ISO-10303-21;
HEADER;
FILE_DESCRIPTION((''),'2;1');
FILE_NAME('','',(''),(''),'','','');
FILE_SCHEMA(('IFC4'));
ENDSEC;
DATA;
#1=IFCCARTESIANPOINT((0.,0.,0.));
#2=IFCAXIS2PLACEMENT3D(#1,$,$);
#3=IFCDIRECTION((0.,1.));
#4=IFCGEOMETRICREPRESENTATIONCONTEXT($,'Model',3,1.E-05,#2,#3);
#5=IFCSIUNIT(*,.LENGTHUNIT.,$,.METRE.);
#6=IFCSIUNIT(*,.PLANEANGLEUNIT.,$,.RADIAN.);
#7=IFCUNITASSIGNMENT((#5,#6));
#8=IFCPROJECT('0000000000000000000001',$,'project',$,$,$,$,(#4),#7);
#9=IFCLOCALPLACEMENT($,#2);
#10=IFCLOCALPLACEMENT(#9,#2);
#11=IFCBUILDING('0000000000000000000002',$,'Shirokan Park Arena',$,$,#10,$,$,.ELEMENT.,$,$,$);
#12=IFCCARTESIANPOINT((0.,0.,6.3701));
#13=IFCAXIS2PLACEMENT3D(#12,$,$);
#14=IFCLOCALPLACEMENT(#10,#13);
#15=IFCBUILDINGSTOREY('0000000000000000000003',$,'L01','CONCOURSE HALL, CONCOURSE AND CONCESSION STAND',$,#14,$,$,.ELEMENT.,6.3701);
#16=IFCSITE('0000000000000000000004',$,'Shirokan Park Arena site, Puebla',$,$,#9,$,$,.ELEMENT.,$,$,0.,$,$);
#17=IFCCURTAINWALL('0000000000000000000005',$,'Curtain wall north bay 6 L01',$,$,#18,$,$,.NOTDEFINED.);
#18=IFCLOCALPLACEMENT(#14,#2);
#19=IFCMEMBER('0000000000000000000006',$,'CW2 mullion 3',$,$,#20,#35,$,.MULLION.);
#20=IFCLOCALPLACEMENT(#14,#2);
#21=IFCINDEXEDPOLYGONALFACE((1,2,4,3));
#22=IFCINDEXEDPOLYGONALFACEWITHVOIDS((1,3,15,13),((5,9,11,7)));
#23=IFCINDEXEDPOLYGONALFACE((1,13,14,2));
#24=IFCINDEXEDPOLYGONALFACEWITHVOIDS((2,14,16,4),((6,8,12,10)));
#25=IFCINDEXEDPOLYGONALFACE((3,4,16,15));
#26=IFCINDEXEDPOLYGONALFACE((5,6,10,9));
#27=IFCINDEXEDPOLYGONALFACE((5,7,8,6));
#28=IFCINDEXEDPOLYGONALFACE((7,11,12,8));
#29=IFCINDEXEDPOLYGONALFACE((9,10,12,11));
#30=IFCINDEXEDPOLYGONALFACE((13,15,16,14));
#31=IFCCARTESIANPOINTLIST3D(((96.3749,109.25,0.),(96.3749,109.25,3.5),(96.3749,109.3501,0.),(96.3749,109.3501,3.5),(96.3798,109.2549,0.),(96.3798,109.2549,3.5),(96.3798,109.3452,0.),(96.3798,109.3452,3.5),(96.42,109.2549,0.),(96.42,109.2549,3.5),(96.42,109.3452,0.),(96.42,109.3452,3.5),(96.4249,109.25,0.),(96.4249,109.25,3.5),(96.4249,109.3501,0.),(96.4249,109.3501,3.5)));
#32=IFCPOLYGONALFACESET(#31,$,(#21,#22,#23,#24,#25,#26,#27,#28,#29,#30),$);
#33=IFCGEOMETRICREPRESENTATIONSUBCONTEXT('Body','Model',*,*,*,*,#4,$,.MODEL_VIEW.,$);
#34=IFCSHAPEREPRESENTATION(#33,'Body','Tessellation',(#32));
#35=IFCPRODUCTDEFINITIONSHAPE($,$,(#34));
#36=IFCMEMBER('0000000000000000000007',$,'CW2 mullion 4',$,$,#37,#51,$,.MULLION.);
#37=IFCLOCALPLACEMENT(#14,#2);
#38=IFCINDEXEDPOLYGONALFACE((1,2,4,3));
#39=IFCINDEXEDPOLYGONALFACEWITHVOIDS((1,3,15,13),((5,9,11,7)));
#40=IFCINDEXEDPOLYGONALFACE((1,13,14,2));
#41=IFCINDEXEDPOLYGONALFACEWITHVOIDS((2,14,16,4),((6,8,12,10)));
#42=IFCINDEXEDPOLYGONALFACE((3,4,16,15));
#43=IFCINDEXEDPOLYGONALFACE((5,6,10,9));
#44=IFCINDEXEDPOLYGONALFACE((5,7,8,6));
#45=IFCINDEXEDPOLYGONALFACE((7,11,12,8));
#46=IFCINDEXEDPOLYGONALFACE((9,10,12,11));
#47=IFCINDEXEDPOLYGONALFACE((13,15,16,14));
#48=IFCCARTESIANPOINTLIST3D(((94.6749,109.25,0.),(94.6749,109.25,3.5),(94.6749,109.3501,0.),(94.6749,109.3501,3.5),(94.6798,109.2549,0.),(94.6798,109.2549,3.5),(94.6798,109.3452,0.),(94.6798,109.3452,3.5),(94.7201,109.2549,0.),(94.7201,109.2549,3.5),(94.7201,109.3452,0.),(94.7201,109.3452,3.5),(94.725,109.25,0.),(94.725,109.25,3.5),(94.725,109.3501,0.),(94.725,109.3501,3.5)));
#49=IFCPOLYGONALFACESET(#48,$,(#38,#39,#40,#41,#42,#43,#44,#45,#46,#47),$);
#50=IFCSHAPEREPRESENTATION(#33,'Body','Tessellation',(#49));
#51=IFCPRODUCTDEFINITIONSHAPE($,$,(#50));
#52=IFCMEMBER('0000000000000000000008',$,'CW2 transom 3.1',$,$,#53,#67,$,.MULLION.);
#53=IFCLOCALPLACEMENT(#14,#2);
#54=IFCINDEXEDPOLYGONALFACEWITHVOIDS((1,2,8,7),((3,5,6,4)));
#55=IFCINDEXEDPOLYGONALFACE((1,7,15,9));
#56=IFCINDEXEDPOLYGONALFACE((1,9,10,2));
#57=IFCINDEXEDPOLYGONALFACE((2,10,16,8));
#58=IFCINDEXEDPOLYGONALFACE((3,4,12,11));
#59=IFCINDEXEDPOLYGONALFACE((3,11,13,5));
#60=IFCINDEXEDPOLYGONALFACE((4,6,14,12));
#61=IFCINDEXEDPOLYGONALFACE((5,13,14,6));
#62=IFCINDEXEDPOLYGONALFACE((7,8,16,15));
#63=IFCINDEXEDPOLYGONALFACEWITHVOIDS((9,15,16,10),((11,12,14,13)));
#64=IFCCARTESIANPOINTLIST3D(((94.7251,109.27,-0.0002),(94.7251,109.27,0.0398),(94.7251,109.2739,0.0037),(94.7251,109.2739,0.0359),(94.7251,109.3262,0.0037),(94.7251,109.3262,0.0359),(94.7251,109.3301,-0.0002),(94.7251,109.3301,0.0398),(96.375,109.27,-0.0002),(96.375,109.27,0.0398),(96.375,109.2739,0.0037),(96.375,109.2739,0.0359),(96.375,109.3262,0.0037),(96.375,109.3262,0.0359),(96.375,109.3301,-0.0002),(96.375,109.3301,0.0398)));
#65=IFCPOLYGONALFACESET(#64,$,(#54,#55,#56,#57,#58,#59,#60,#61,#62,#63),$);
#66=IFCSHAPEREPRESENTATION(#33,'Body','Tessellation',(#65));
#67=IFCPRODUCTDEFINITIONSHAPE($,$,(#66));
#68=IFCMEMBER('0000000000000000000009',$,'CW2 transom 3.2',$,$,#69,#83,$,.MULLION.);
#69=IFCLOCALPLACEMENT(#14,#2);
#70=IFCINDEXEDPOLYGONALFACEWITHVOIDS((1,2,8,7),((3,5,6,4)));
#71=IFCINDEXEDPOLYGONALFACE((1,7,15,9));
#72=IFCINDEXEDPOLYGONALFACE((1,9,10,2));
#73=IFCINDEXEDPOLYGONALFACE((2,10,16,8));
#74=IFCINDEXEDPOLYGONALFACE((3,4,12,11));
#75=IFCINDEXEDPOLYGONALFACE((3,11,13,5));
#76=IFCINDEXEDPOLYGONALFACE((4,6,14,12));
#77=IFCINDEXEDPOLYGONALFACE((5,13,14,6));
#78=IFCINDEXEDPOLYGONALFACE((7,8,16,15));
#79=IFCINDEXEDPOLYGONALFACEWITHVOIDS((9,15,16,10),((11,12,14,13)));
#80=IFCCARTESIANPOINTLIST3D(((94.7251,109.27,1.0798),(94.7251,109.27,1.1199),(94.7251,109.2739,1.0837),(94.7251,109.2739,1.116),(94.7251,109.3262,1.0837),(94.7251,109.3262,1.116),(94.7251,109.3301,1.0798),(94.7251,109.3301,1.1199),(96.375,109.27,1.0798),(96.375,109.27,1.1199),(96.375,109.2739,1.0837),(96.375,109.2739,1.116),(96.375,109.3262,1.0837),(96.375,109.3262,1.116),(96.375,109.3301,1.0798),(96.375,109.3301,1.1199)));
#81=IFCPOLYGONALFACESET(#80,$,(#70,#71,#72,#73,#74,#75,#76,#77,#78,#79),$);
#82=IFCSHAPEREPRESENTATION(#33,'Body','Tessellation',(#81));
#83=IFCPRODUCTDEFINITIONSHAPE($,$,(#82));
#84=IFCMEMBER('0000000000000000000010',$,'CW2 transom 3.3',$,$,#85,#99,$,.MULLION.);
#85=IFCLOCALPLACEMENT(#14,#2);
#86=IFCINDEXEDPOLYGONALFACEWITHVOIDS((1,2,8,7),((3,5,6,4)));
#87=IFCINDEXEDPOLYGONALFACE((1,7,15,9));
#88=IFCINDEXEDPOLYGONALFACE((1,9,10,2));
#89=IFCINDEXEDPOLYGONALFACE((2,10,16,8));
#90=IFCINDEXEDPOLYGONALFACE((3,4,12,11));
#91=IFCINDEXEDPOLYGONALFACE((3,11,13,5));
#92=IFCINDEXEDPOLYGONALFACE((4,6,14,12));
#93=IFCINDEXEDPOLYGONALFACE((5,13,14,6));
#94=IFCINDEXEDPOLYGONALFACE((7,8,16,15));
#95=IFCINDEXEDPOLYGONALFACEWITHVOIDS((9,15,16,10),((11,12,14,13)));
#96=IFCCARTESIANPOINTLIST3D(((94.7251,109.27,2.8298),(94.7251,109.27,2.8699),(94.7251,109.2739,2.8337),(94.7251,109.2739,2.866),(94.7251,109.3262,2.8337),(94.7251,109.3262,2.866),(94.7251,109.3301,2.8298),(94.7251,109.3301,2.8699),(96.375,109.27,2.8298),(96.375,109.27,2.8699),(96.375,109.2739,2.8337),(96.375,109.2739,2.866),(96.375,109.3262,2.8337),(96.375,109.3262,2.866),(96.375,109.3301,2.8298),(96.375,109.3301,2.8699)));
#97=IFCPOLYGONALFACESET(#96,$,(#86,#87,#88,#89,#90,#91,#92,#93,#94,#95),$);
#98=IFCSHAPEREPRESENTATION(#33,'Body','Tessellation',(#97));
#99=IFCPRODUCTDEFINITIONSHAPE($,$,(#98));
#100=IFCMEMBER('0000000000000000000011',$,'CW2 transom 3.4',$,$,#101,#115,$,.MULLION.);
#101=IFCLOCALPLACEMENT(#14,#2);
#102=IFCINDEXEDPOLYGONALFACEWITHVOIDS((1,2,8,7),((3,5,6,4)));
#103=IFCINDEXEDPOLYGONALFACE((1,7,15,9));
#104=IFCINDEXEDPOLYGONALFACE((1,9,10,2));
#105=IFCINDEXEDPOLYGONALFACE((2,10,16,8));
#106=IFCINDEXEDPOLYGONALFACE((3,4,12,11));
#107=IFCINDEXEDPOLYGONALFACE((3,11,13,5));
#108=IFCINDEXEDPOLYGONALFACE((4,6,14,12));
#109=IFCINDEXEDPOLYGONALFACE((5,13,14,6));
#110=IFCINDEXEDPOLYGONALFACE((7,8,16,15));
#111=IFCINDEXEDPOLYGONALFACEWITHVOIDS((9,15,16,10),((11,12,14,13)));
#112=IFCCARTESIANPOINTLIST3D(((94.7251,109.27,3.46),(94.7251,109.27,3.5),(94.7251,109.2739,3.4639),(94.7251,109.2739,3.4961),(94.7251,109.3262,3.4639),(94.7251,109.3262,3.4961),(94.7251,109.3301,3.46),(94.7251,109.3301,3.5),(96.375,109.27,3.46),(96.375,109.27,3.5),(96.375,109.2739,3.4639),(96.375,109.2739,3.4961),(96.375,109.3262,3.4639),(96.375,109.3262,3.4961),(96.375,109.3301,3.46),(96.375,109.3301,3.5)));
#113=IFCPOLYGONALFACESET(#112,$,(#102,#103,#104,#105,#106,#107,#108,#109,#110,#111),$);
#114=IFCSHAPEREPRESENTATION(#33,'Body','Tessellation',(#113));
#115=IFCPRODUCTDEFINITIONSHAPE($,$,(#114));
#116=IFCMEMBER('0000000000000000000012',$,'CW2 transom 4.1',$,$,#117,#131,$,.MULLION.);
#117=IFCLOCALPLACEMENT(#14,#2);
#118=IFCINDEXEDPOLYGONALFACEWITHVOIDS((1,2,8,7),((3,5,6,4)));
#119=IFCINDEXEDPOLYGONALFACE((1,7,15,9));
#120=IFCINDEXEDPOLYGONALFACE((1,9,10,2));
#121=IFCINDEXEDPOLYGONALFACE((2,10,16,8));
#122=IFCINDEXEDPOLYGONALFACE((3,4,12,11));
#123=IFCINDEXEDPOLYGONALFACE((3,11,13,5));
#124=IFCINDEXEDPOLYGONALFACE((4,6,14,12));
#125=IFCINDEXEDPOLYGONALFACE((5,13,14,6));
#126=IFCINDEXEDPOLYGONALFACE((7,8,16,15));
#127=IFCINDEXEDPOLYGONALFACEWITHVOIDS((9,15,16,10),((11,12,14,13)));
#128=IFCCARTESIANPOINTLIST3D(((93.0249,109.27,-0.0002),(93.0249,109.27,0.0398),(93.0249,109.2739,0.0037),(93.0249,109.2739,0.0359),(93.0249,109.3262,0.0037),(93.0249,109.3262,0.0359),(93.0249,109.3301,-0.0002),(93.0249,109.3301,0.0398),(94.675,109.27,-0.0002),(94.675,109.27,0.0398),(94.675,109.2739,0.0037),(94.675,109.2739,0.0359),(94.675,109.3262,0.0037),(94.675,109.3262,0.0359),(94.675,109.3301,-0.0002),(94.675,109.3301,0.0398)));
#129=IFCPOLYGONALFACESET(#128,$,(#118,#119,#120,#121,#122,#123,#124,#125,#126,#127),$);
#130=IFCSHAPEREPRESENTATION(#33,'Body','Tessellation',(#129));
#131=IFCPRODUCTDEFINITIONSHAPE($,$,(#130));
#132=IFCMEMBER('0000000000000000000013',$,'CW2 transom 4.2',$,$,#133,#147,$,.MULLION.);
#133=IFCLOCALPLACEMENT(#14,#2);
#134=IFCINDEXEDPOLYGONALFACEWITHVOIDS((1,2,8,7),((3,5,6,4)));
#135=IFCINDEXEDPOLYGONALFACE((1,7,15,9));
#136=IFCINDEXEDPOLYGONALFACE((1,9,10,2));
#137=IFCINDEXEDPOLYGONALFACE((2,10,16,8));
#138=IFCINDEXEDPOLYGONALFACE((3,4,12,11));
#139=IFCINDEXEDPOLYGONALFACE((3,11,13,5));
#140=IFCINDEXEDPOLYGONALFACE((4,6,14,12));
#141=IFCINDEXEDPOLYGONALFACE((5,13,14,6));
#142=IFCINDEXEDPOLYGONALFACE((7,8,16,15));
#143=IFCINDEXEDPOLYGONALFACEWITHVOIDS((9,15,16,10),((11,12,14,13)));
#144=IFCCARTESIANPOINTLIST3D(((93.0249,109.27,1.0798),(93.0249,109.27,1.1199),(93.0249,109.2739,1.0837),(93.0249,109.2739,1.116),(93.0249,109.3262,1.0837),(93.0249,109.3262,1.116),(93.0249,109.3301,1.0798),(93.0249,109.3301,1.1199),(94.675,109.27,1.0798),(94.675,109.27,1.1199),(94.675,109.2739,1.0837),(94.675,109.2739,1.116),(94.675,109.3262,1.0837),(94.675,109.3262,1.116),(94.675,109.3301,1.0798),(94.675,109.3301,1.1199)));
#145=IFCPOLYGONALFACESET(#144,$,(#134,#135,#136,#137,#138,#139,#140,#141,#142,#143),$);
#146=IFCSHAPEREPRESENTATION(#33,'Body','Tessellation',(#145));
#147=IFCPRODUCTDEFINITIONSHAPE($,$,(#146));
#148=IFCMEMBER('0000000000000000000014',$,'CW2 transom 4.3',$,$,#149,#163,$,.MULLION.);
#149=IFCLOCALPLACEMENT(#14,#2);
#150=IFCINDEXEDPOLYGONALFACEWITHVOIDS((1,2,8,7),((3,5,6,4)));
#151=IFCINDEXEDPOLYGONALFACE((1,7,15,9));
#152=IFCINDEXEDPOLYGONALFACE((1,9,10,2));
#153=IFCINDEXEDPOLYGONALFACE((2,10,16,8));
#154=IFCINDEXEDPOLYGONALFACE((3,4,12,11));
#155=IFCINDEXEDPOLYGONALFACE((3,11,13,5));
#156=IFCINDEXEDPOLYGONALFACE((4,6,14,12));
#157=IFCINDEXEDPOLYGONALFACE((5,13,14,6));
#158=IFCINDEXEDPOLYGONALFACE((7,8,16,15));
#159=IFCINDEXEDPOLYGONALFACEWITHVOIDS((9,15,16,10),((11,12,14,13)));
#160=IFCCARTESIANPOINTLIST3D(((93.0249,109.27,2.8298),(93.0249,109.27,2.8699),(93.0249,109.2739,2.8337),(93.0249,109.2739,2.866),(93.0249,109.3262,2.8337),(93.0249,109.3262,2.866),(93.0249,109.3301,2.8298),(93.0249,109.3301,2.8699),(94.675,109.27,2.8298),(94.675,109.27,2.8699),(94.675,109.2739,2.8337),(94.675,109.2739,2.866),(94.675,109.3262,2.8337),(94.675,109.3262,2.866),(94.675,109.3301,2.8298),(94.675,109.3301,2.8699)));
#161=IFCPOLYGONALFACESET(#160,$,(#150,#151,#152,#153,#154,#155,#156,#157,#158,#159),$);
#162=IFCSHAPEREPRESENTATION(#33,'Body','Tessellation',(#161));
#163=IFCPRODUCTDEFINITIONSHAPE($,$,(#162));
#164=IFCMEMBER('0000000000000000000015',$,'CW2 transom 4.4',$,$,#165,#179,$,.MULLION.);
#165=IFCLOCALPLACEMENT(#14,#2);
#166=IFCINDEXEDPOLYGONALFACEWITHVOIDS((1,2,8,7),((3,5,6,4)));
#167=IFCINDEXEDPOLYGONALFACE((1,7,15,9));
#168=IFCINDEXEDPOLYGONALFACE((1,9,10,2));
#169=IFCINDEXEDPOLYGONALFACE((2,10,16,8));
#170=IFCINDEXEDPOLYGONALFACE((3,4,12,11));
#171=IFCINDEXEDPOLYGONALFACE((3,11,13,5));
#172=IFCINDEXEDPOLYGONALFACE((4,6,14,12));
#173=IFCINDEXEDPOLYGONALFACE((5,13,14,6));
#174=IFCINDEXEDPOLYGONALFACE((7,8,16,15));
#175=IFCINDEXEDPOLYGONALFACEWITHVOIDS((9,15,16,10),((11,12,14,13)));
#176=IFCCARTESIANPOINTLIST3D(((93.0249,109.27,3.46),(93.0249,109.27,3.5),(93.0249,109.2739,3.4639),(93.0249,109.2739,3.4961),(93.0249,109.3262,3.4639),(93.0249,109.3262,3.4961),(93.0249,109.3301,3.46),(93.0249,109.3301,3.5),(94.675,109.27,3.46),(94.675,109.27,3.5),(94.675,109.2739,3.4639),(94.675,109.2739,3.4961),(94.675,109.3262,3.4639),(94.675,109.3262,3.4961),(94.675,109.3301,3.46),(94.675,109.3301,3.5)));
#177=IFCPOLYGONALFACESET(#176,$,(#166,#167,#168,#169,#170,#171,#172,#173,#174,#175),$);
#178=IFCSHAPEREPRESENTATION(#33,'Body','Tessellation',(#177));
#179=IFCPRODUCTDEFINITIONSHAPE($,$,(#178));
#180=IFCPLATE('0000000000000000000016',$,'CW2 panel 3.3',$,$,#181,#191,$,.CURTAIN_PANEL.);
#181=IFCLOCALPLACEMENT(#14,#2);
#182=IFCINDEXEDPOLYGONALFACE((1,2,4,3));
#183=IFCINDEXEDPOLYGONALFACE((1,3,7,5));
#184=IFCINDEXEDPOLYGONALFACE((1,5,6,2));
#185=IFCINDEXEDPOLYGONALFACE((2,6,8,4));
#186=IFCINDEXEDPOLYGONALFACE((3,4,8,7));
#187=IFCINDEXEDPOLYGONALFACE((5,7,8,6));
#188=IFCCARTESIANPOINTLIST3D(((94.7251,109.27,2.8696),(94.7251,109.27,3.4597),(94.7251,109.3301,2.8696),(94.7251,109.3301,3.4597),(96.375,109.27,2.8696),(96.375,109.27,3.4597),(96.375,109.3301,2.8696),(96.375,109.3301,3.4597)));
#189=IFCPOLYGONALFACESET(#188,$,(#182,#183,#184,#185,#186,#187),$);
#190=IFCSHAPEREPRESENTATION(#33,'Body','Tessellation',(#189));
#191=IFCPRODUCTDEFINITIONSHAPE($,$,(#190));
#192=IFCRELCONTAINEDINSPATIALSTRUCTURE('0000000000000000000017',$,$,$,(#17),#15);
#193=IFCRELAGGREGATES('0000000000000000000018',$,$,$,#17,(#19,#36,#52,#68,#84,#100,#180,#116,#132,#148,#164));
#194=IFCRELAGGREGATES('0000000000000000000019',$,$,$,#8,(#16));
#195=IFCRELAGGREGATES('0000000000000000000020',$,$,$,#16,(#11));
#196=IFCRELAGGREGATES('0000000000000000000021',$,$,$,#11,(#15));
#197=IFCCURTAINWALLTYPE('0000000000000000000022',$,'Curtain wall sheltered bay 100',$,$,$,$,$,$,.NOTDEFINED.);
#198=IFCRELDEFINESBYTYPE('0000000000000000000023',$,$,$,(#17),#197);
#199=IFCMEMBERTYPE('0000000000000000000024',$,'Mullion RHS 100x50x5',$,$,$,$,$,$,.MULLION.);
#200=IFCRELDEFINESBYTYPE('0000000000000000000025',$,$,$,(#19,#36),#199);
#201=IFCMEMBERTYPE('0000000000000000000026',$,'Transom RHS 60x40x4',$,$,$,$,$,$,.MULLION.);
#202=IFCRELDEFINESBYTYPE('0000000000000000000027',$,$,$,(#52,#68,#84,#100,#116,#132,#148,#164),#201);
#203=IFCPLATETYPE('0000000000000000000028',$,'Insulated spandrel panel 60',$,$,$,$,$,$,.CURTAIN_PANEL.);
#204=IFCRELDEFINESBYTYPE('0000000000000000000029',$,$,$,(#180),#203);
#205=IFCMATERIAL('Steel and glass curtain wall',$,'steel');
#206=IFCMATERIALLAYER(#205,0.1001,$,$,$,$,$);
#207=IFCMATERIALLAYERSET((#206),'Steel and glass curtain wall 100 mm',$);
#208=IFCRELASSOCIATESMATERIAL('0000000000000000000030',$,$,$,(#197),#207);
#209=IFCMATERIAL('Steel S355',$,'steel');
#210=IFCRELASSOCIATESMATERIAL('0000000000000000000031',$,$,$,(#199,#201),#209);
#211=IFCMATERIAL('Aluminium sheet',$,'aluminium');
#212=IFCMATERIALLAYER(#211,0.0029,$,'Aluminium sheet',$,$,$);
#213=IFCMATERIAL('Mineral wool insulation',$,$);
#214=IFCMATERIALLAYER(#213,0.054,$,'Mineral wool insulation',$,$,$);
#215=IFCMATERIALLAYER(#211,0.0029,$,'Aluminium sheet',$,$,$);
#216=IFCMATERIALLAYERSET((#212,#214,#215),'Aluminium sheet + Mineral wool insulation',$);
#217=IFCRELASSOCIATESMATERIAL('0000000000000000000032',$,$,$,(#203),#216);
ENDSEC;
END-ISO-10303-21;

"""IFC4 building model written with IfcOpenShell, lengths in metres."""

from ifc_helpers import new_model, si_unit, direction, frame, origin, origin_2d, place, context, subcontext, project, spatial, rectangle, hollow_rectangle, extrude, material, layer, layer_set, material_profile, profile_set, type_object, element, aggregate, save


model = new_model("IFC4")

# Units and contexts
model_context = context("Model", 3, precision=1e-05, world=origin(), true_north=direction((0.0, 1.0)))
body_context = subcontext(model_context, "Body", "Model", "MODEL_VIEW")
ifc_project = project(units=[si_unit("LENGTHUNIT", "METRE"), si_unit("PLANEANGLEUNIT", "RADIAN")], contexts=[model_context])

# Site, building, storey
site_placement = place(None, origin())
site = spatial("IfcSite", under=ifc_project, at=site_placement, Name="Shirokan Park Arena site, Puebla", CompositionType="ELEMENT", RefElevation=0.0)
building_placement = place(site_placement, origin())
building = spatial("IfcBuilding", under=site, at=building_placement, Name="Shirokan Park Arena", CompositionType="ELEMENT")
storey_placement = place(building_placement, frame((0.0, 0.0, 6.3701)))
storey = spatial("IfcBuildingStorey", under=building, at=storey_placement, Name="L01", Description="CONCOURSE HALL, CONCOURSE AND CONCESSION STAND", CompositionType="ELEMENT", Elevation=6.3701)

# Curtain wall, members, plate
ifc_material_1 = material(Name="Steel and glass curtain wall", Category="steel")
ifc_layer_1 = layer(ifc_material_1, 0.1001)
ifc_layer_set_1 = layer_set([ifc_layer_1], Name="Steel and glass curtain wall 100 mm")
curtain_wall_type = type_object("IfcCurtainWallType", Name="Curtain wall sheltered bay 100", PredefinedType="NOTDEFINED", material=ifc_layer_set_1)
curtain_wall_placement = place(storey_placement, origin())
curtain_wall = element("IfcCurtainWall", 1, at=curtain_wall_placement, inside=storey, type_object=curtain_wall_type, Name="Curtain wall north bay 6 L01", PredefinedType="NOTDEFINED")
ifc_material_2 = material(Name="Steel S355", Category="steel")
ifc_material_profile_1 = material_profile(ifc_material_2, hollow_rectangle(XDim=0.1001, YDim=0.05, WallThickness=0.0049, at=origin_2d()), Name="RHS 100x50x5")
ifc_profile_set_1 = profile_set([ifc_material_profile_1], Name="Steel S355")
member_type_1 = type_object("IfcMemberType", Name="Mullion RHS 100x50x5", PredefinedType="MULLION", material=ifc_profile_set_1)
member_1_placement = place(storey_placement, frame((96.3999, 109.3, 0.0), z_axis=(0.0, 0.0, 1.0), x_axis=(0.0, -1.0, 0.0)))
member_1 = element("IfcMember", 2, at=member_1_placement, type_object=member_type_1, Name="CW2 mullion 3", PredefinedType="MULLION", context=body_context, shape_type="SweptSolid", body=[
    extrude(hollow_rectangle(XDim=0.1001, YDim=0.05, WallThickness=0.0049, at=origin_2d()), origin(), (0.0, 0.0, 1.0), 3.5),
])
member_2_placement = place(storey_placement, frame((94.7, 109.3, 0.0), z_axis=(0.0, 0.0, 1.0), x_axis=(0.0, -1.0, 0.0)))
member_2 = element("IfcMember", 3, at=member_2_placement, type_object=member_type_1, Name="CW2 mullion 4", PredefinedType="MULLION", context=body_context, shape_type="SweptSolid", body=[
    extrude(hollow_rectangle(XDim=0.1001, YDim=0.05, WallThickness=0.0049, at=origin_2d()), origin(), (0.0, 0.0, 1.0), 3.5),
])
ifc_material_profile_2 = material_profile(ifc_material_2, hollow_rectangle(XDim=0.0601, YDim=0.04, WallThickness=0.0039, at=origin_2d()), Name="RHS 60x40x4")
ifc_profile_set_2 = profile_set([ifc_material_profile_2], Name="Steel S355")
member_type_2 = type_object("IfcMemberType", Name="Transom RHS 60x40x4", PredefinedType="MULLION", material=ifc_profile_set_2)
member_3_placement = place(storey_placement, frame((96.375, 109.3, 0.0198), z_axis=(-1.0, 0.0, 0.0), x_axis=(0.0, -1.0, 0.0)))
member_3 = element("IfcMember", 4, at=member_3_placement, type_object=member_type_2, Name="CW2 transom 3.1", PredefinedType="MULLION", context=body_context, shape_type="SweptSolid", body=[
    extrude(hollow_rectangle(XDim=0.0601, YDim=0.04, WallThickness=0.0039, at=origin_2d()), origin(), (0.0, 0.0, 1.0), 1.6499),
])
member_4_placement = place(storey_placement, frame((96.375, 109.3, 1.0999), z_axis=(-1.0, 0.0, 0.0), x_axis=(0.0, -1.0, 0.0)))
member_4 = element("IfcMember", 5, at=member_4_placement, type_object=member_type_2, Name="CW2 transom 3.2", PredefinedType="MULLION", context=body_context, shape_type="SweptSolid", body=[
    extrude(hollow_rectangle(XDim=0.0601, YDim=0.04, WallThickness=0.0039, at=origin_2d()), origin(), (0.0, 0.0, 1.0), 1.6499),
])
member_5_placement = place(storey_placement, frame((96.375, 109.3, 2.8499), z_axis=(-1.0, 0.0, 0.0), x_axis=(0.0, -1.0, 0.0)))
member_5 = element("IfcMember", 6, at=member_5_placement, type_object=member_type_2, Name="CW2 transom 3.3", PredefinedType="MULLION", context=body_context, shape_type="SweptSolid", body=[
    extrude(hollow_rectangle(XDim=0.0601, YDim=0.04, WallThickness=0.0039, at=origin_2d()), origin(), (0.0, 0.0, 1.0), 1.6499),
])
member_6_placement = place(storey_placement, frame((96.375, 109.3, 3.48), z_axis=(-1.0, 0.0, 0.0), x_axis=(0.0, -1.0, 0.0)))
member_6 = element("IfcMember", 7, at=member_6_placement, type_object=member_type_2, Name="CW2 transom 3.4", PredefinedType="MULLION", context=body_context, shape_type="SweptSolid", body=[
    extrude(hollow_rectangle(XDim=0.0601, YDim=0.04, WallThickness=0.0039, at=origin_2d()), origin(), (0.0, 0.0, 1.0), 1.6499),
])
member_7_placement = place(storey_placement, frame((94.675, 109.3, 0.0198), z_axis=(-1.0, 0.0, 0.0), x_axis=(0.0, -1.0, 0.0)))
member_7 = element("IfcMember", 8, at=member_7_placement, type_object=member_type_2, Name="CW2 transom 4.1", PredefinedType="MULLION", context=body_context, shape_type="SweptSolid", body=[
    extrude(hollow_rectangle(XDim=0.0601, YDim=0.04, WallThickness=0.0039, at=origin_2d()), origin(), (0.0, 0.0, 1.0), 1.6501),
])
member_8_placement = place(storey_placement, frame((94.675, 109.3, 1.0999), z_axis=(-1.0, 0.0, 0.0), x_axis=(0.0, -1.0, 0.0)))
member_8 = element("IfcMember", 9, at=member_8_placement, type_object=member_type_2, Name="CW2 transom 4.2", PredefinedType="MULLION", context=body_context, shape_type="SweptSolid", body=[
    extrude(hollow_rectangle(XDim=0.0601, YDim=0.04, WallThickness=0.0039, at=origin_2d()), origin(), (0.0, 0.0, 1.0), 1.6501),
])
member_9_placement = place(storey_placement, frame((94.675, 109.3, 2.8499), z_axis=(-1.0, 0.0, 0.0), x_axis=(0.0, -1.0, 0.0)))
member_9 = element("IfcMember", 10, at=member_9_placement, type_object=member_type_2, Name="CW2 transom 4.3", PredefinedType="MULLION", context=body_context, shape_type="SweptSolid", body=[
    extrude(hollow_rectangle(XDim=0.0601, YDim=0.04, WallThickness=0.0039, at=origin_2d()), origin(), (0.0, 0.0, 1.0), 1.6501),
])
member_10_placement = place(storey_placement, frame((94.675, 109.3, 3.48), z_axis=(-1.0, 0.0, 0.0), x_axis=(0.0, -1.0, 0.0)))
member_10 = element("IfcMember", 11, at=member_10_placement, type_object=member_type_2, Name="CW2 transom 4.4", PredefinedType="MULLION", context=body_context, shape_type="SweptSolid", body=[
    extrude(hollow_rectangle(XDim=0.0601, YDim=0.04, WallThickness=0.0039, at=origin_2d()), origin(), (0.0, 0.0, 1.0), 1.6501),
])
ifc_material_3 = material(Name="Aluminium sheet", Category="aluminium")
ifc_layer_2 = layer(ifc_material_3, 0.0029, Name="Aluminium sheet")
ifc_material_4 = material(Name="Mineral wool insulation")
ifc_layer_3 = layer(ifc_material_4, 0.054, Name="Mineral wool insulation")
ifc_layer_4 = layer(ifc_material_3, 0.0029, Name="Aluminium sheet")
ifc_layer_set_2 = layer_set([ifc_layer_2, ifc_layer_3, ifc_layer_4], Name="Aluminium sheet + Mineral wool insulation")
plate_type_1 = type_object("IfcPlateType", Name="Insulated spandrel panel 60", PredefinedType="CURTAIN_PANEL", material=ifc_layer_set_2)
plate_1_placement = place(storey_placement, frame((95.55, 109.3, 2.8696), z_axis=(0.0, 0.0, 1.0), x_axis=(-1.0, 0.0, 0.0)))
plate_1 = element("IfcPlate", 12, at=plate_1_placement, type_object=plate_type_1, Name="CW2 panel 3.3", PredefinedType="CURTAIN_PANEL", context=body_context, shape_type="SweptSolid", body=[
    extrude(rectangle(XDim=1.6499, YDim=0.0601, at=origin_2d()), origin(), (0.0, 0.0, 1.0), 0.5901),
])
aggregate(curtain_wall, [member_1, member_2, member_3, member_4, member_5, member_6, plate_1, member_7, member_8, member_9, member_10])

save(model, "model.ifc")
